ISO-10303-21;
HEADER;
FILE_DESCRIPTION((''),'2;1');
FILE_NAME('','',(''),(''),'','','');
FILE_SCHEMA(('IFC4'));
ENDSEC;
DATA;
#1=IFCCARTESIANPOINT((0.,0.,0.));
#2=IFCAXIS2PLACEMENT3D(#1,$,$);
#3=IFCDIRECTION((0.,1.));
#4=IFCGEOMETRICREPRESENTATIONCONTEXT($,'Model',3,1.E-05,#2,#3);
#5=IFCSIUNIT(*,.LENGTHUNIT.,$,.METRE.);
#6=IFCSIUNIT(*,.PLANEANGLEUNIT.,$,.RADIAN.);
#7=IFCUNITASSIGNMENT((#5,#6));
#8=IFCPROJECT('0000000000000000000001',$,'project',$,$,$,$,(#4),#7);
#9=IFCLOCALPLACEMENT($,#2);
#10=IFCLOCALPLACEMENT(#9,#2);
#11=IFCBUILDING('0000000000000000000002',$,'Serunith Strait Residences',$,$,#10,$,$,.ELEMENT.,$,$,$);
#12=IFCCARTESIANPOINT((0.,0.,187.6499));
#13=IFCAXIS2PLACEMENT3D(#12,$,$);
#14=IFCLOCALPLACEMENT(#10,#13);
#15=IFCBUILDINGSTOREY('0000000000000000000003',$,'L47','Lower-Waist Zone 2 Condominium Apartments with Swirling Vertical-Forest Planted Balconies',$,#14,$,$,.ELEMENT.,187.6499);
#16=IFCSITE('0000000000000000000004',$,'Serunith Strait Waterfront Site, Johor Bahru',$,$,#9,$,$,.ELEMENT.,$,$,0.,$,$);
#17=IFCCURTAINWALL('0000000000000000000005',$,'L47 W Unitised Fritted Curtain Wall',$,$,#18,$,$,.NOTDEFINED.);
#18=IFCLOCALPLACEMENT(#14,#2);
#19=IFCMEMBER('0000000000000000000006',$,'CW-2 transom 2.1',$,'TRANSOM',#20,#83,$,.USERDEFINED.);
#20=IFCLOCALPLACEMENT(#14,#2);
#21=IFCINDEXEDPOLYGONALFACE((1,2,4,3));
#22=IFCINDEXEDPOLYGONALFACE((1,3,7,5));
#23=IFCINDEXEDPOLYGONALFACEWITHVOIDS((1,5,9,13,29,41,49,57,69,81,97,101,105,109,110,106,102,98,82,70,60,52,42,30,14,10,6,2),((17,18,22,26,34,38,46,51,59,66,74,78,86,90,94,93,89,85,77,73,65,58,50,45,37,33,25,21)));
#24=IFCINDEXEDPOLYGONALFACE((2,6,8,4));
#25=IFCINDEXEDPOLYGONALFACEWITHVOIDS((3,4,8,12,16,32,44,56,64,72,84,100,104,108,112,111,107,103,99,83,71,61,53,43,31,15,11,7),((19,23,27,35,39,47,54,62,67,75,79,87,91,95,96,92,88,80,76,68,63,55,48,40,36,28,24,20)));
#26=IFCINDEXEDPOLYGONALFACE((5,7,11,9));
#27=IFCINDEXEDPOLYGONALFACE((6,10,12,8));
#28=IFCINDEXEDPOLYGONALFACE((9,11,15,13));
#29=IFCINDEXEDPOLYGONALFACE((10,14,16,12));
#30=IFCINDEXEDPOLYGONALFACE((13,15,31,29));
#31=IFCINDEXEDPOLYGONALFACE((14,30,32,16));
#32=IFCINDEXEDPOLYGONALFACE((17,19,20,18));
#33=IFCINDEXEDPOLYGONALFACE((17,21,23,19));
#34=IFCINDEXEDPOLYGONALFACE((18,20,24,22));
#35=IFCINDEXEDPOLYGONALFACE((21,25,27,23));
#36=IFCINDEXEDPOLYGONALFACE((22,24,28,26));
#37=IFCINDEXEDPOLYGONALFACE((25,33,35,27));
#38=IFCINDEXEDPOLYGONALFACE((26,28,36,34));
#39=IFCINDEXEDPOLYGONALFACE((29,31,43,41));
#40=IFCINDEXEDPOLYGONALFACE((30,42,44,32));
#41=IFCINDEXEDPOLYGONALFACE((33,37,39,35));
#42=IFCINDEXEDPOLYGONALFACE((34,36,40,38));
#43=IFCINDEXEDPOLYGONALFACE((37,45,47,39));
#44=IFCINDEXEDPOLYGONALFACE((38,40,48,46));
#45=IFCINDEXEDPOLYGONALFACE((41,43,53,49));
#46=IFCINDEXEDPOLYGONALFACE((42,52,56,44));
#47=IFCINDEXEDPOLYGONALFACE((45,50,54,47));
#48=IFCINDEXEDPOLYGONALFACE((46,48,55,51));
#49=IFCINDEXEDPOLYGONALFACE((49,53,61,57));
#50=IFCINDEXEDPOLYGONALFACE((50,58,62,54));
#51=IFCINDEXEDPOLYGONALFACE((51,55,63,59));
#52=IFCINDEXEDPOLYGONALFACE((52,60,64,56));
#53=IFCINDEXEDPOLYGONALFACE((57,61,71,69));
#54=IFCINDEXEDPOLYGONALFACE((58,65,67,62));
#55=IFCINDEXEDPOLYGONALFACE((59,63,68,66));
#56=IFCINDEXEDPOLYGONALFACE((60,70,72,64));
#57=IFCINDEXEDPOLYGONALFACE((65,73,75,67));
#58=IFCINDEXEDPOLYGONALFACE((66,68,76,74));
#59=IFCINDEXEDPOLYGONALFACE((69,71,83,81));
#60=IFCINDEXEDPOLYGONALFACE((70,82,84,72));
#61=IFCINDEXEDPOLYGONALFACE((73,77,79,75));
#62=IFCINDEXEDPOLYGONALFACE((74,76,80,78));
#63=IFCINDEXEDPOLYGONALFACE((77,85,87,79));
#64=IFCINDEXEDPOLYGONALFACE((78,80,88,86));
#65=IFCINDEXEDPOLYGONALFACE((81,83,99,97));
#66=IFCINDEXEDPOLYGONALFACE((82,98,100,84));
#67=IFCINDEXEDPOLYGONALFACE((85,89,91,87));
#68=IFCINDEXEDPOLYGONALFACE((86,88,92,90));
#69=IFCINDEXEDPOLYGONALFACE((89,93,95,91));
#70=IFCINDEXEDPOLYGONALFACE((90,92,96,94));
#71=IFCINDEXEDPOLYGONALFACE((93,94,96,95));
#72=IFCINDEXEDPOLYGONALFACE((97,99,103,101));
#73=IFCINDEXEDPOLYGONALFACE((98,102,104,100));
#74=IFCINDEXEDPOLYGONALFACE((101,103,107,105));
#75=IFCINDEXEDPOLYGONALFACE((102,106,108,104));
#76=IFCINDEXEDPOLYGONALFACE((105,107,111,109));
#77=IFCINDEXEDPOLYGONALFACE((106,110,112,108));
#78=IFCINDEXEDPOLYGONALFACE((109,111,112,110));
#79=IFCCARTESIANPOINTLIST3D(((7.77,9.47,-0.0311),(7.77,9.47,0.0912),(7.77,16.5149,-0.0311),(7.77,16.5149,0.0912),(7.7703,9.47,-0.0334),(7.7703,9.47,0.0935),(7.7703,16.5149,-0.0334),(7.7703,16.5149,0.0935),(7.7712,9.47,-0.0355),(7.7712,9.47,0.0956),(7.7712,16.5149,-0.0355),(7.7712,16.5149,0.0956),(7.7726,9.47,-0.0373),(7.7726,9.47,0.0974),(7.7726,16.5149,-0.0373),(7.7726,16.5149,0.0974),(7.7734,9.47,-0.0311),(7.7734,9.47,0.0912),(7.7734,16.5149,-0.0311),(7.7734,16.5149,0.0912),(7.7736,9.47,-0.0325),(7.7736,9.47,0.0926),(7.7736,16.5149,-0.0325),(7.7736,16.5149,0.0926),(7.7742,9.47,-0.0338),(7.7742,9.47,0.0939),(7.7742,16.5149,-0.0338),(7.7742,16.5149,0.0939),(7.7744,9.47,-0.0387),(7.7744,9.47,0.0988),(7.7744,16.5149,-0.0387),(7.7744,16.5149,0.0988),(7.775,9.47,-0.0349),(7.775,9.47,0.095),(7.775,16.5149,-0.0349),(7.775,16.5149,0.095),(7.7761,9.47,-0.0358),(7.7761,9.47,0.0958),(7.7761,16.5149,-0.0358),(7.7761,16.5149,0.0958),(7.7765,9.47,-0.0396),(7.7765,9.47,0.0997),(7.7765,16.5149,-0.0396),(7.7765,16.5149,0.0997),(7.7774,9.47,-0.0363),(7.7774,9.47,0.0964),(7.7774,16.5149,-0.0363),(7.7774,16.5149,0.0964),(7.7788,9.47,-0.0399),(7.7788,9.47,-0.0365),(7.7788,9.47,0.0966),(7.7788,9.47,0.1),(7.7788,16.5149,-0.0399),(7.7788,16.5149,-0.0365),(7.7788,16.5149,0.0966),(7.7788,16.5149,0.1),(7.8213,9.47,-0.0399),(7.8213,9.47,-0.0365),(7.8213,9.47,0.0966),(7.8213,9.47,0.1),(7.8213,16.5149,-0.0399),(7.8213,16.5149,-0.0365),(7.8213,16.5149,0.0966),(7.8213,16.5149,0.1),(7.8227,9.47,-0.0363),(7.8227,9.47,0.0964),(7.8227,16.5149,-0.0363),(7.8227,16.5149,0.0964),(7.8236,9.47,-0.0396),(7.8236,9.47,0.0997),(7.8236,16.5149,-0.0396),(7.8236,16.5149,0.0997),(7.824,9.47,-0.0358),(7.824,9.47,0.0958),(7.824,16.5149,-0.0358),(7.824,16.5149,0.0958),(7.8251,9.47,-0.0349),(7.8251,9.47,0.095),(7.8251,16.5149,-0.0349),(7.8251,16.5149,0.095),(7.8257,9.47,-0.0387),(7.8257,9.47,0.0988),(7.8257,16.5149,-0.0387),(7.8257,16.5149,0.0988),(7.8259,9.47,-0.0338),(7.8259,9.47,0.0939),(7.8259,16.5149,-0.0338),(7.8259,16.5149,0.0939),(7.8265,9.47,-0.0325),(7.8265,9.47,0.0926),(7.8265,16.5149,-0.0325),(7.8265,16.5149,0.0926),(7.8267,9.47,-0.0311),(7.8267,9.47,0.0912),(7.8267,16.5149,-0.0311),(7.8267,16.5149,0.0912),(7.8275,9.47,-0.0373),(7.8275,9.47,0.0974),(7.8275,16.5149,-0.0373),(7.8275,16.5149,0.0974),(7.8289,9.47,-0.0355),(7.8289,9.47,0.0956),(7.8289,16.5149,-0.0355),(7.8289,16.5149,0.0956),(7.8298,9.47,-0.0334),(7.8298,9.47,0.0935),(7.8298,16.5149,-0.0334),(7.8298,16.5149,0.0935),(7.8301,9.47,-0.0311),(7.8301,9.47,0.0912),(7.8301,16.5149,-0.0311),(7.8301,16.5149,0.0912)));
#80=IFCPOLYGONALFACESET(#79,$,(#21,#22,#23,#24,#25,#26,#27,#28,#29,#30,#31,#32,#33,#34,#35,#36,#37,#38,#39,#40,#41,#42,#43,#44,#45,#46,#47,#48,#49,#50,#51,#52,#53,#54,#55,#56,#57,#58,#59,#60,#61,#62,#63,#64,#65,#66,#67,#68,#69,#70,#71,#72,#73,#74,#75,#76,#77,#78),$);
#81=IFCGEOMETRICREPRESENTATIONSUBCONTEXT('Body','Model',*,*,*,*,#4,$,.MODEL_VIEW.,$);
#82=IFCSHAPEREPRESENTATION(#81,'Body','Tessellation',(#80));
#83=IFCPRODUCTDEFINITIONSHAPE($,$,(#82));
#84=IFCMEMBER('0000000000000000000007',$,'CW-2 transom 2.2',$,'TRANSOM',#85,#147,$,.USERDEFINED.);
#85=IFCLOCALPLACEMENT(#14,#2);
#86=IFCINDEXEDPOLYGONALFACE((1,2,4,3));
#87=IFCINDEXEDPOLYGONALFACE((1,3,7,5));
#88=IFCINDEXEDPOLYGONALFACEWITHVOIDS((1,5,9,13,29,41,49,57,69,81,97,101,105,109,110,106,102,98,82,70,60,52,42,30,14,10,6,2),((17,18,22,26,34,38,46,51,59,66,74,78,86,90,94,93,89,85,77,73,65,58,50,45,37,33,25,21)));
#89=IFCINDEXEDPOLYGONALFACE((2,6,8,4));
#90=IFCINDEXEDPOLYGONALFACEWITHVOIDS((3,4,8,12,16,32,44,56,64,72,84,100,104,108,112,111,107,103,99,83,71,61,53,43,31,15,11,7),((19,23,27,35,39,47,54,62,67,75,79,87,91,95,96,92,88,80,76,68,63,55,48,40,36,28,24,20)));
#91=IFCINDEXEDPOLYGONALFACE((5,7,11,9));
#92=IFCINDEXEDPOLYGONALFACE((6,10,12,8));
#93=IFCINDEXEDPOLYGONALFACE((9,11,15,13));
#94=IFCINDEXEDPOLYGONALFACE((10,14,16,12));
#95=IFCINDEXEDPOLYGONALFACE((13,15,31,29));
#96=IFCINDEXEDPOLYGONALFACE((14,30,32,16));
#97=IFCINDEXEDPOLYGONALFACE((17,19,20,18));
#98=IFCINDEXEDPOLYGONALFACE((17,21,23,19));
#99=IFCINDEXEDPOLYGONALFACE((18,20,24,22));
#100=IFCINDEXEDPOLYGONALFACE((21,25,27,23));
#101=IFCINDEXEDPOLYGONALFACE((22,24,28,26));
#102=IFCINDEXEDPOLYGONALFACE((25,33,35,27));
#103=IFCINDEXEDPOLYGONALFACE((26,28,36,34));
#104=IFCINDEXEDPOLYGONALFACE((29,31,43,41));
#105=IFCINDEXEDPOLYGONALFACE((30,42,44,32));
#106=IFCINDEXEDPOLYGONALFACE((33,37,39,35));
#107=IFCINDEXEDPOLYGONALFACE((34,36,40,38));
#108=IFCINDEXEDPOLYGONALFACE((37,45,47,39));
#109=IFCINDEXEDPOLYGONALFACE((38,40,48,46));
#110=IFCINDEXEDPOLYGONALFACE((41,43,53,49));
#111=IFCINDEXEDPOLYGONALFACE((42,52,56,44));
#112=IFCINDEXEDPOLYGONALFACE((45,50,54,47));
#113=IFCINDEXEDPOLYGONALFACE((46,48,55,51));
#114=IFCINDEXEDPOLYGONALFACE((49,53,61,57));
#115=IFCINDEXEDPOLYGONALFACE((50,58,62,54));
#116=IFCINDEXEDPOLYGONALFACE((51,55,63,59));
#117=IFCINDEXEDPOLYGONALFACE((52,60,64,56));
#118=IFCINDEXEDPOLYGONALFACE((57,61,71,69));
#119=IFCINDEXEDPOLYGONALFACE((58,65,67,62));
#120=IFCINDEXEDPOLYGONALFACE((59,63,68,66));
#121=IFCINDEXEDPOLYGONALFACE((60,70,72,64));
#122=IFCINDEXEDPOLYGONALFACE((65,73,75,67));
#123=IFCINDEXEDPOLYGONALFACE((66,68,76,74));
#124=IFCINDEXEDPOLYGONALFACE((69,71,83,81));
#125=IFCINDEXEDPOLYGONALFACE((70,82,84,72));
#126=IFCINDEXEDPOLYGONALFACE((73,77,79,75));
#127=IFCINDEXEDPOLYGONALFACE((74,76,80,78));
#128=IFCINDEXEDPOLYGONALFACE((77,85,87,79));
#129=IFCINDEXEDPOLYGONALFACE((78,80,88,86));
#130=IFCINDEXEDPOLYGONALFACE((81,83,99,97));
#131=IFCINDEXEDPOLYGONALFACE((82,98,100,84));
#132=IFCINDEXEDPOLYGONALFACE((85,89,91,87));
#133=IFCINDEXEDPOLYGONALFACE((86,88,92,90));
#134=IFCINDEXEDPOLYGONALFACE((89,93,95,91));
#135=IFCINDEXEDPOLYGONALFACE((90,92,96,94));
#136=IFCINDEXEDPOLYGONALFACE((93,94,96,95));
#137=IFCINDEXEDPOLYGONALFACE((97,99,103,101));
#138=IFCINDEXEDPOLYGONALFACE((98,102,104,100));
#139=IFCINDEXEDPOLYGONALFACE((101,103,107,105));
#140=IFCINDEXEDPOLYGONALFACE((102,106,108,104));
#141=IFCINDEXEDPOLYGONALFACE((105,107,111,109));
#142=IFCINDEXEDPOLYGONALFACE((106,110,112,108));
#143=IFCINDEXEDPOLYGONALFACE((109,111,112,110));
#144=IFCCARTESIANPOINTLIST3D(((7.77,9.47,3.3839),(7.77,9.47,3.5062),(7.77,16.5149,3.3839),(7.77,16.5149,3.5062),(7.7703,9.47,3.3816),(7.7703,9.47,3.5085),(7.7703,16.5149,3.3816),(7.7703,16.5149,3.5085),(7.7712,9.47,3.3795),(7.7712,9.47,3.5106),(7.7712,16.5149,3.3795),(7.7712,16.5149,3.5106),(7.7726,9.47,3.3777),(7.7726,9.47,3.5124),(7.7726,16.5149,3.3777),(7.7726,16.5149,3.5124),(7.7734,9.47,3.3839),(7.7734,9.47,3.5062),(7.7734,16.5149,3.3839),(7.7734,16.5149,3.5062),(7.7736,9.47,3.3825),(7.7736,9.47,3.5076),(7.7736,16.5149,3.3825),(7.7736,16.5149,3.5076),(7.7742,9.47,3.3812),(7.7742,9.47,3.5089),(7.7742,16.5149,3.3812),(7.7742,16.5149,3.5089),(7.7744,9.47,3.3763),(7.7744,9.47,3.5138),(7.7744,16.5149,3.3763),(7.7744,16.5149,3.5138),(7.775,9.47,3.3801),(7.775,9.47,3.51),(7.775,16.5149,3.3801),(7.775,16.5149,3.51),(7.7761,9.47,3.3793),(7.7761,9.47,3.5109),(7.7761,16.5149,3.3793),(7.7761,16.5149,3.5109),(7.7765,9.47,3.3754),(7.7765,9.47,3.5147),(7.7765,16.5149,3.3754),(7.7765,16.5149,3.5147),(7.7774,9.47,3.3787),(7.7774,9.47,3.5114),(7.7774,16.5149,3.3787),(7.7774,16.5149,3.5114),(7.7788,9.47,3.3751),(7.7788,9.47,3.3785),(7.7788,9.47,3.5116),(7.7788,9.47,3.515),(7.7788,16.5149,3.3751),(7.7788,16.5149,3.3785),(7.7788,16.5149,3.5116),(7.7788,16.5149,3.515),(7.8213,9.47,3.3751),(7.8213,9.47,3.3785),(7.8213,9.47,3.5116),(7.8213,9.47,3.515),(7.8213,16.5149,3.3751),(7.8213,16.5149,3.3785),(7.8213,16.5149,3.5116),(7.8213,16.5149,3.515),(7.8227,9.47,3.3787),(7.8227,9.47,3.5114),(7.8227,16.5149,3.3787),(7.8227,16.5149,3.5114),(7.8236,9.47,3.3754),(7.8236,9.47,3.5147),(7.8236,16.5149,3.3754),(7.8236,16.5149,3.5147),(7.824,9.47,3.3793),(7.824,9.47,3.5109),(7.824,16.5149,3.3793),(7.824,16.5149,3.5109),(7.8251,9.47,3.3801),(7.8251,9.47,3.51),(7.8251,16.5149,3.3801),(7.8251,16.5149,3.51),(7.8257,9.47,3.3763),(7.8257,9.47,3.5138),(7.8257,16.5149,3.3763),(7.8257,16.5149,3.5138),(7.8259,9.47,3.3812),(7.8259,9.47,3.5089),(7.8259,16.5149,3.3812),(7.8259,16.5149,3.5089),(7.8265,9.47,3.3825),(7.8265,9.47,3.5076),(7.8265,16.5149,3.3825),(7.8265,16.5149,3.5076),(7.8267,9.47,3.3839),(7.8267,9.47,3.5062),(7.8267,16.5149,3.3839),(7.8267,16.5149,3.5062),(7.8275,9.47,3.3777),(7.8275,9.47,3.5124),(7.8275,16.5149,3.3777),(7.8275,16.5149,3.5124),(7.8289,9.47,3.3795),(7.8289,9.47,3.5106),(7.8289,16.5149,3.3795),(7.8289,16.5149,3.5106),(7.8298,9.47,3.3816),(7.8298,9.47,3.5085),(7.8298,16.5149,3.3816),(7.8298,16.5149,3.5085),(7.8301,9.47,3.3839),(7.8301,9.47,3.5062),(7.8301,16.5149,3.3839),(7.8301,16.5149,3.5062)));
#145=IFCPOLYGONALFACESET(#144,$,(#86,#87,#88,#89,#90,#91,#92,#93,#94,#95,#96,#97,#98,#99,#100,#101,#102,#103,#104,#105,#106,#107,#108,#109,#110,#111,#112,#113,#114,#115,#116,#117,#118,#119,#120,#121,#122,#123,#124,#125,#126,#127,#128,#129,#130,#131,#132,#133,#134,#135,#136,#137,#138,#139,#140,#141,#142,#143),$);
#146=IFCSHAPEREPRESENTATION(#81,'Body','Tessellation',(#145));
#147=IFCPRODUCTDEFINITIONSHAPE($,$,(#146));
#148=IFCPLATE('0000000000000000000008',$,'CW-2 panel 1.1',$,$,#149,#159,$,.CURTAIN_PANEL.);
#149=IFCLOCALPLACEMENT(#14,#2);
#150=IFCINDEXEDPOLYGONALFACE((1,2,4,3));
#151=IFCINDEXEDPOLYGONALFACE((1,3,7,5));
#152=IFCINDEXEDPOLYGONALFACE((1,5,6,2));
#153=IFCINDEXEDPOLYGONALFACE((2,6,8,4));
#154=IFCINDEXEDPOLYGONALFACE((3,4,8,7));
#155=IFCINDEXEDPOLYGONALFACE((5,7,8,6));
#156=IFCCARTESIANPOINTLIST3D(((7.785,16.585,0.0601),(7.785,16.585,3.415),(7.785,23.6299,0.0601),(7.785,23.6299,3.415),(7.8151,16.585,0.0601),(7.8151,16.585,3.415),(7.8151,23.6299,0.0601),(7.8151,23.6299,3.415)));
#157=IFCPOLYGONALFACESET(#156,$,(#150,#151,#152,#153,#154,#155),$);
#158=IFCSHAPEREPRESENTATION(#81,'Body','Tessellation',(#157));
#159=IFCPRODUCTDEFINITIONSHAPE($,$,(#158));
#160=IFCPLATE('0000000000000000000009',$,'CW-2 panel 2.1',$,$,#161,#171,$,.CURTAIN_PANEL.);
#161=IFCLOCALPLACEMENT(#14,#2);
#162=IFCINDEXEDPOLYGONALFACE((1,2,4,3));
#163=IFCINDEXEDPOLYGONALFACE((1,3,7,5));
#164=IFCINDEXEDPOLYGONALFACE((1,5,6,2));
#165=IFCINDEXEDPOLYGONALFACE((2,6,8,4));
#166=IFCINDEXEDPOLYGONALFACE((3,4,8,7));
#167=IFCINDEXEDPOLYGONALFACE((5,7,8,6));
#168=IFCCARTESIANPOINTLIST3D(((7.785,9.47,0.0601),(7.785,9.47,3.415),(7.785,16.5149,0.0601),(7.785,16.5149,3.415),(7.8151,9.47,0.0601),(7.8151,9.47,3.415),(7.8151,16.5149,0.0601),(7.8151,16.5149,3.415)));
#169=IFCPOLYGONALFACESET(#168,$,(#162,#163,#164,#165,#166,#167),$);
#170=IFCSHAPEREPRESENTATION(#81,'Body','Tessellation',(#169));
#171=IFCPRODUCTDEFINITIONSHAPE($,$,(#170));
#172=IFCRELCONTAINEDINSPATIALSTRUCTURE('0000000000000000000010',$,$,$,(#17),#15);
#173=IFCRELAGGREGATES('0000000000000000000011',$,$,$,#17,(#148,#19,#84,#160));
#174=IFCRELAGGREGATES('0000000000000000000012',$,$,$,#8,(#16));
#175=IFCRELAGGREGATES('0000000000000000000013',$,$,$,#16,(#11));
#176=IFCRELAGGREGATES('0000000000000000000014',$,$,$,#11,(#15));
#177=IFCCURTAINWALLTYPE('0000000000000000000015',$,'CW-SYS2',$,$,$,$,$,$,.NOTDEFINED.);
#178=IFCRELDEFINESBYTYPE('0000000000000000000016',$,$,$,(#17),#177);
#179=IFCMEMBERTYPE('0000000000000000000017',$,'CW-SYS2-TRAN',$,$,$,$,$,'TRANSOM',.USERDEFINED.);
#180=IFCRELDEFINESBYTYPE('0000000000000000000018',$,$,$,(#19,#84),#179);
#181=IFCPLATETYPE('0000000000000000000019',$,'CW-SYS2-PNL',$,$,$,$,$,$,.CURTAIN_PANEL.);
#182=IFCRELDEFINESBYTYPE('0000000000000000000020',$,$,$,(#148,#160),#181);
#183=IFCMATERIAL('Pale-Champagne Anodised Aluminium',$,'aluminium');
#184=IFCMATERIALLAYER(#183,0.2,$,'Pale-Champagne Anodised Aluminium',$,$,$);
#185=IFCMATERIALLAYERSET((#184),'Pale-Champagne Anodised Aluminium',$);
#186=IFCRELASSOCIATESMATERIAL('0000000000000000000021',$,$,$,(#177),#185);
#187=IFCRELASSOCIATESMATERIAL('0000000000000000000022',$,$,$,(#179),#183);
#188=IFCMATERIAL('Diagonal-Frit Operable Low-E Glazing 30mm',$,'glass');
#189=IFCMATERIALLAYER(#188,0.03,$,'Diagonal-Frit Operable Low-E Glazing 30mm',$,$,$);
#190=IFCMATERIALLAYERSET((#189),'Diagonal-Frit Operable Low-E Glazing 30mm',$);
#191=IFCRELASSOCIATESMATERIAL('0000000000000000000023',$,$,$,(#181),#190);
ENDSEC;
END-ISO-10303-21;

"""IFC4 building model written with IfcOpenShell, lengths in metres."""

from ifc_helpers import new_model, si_unit, direction, frame, origin, origin_2d, place, context, subcontext, project, spatial, rectangle, hollow_rectangle, extrude, source, transform, mapped, material, layer, layer_set, material_profile, profile_set, type_object, element, aggregate, save


model = new_model("IFC4")

# Units and contexts
model_context = context("Model", 3, precision=1e-05, world=origin(), true_north=direction((0.0, 1.0)))
body_context = subcontext(model_context, "Body", "Model", "MODEL_VIEW")
ifc_project = project(units=[si_unit("LENGTHUNIT", "METRE"), si_unit("PLANEANGLEUNIT", "RADIAN")], contexts=[model_context])

# Site, building, storey
site_placement = place(None, origin())
site = spatial("IfcSite", under=ifc_project, at=site_placement, Name="Serunith Strait Waterfront Site, Johor Bahru", CompositionType="ELEMENT", RefElevation=0.0)
building_placement = place(site_placement, origin())
building = spatial("IfcBuilding", under=site, at=building_placement, Name="Serunith Strait Residences", CompositionType="ELEMENT")
storey_placement = place(building_placement, frame((0.0, 0.0, 187.6499)))
storey = spatial("IfcBuildingStorey", under=building, at=storey_placement, Name="L47", Description="Lower-Waist Zone 2 Condominium Apartments with Swirling Vertical-Forest Planted Balconies", CompositionType="ELEMENT", Elevation=187.6499)

# Curtain wall, members, plates
ifc_material_1 = material(Name="Pale-Champagne Anodised Aluminium", Category="aluminium")
ifc_layer_1 = layer(ifc_material_1, 0.2, Name="Pale-Champagne Anodised Aluminium")
ifc_layer_set_1 = layer_set([ifc_layer_1], Name="Pale-Champagne Anodised Aluminium")
curtain_wall_type = type_object("IfcCurtainWallType", Name="CW-SYS2", PredefinedType="NOTDEFINED", material=ifc_layer_set_1)
curtain_wall_placement = place(storey_placement, origin())
curtain_wall = element("IfcCurtainWall", 1, at=curtain_wall_placement, inside=storey, type_object=curtain_wall_type, Name="L47 W Unitised Fritted Curtain Wall", PredefinedType="NOTDEFINED")
ifc_material_profile_1 = material_profile(ifc_material_1, hollow_rectangle(XDim=0.0601, YDim=0.1399, WallThickness=0.0034, InnerFilletRadius=0.0054, OuterFilletRadius=0.0088, at=origin_2d()), Name="ALU 140x60x3.5")
ifc_profile_set_1 = profile_set([ifc_material_profile_1], Name="Pale-Champagne Anodised Aluminium")
member_type_1 = type_object("IfcMemberType", Name="CW-SYS2-TRAN", ElementType="TRANSOM", PredefinedType="USERDEFINED", material=ifc_profile_set_1)
shared_shape_1 = source(origin(), body_context, "Body", "SweptSolid", [
    extrude(hollow_rectangle(XDim=0.0601, YDim=0.1399, WallThickness=0.0034, InnerFilletRadius=0.0054, OuterFilletRadius=0.0088, at=origin_2d()), origin(), (0.0, 0.0, 1.0), 7.0449),
])
member_1_placement = place(storey_placement, frame((7.8, 16.5149, 0.03), z_axis=(0.0, -1.0, 0.0), x_axis=(1.0, 0.0, 0.0)))
member_1 = element("IfcMember", 2, at=member_1_placement, type_object=member_type_1, Name="CW-2 transom 2.1", ObjectType="TRANSOM", PredefinedType="USERDEFINED", context=body_context, shape_type="MappedRepresentation", body=[
    mapped(shared_shape_1, transform((0.0, 0.0, 0.0), scale=1.0)),
])
member_2_placement = place(storey_placement, frame((7.8, 16.5149, 3.4451), z_axis=(0.0, -1.0, 0.0), x_axis=(1.0, 0.0, 0.0)))
member_2 = element("IfcMember", 3, at=member_2_placement, type_object=member_type_1, Name="CW-2 transom 2.2", ObjectType="TRANSOM", PredefinedType="USERDEFINED", context=body_context, shape_type="MappedRepresentation", body=[
    mapped(shared_shape_1, transform((0.0, 0.0, 0.0), scale=1.0)),
])
ifc_material_2 = material(Name="Diagonal-Frit Operable Low-E Glazing 30mm", Category="glass")
ifc_layer_2 = layer(ifc_material_2, 0.03, Name="Diagonal-Frit Operable Low-E Glazing 30mm")
ifc_layer_set_2 = layer_set([ifc_layer_2], Name="Diagonal-Frit Operable Low-E Glazing 30mm")
plate_type = type_object("IfcPlateType", Name="CW-SYS2-PNL", PredefinedType="CURTAIN_PANEL", material=ifc_layer_set_2)
shared_shape_2 = source(origin(), body_context, "Body", "SweptSolid", [
    extrude(rectangle(XDim=7.0449, YDim=0.03, at=origin_2d()), origin(), (0.0, 0.0, 1.0), 3.355),
])
plate_1_placement = place(storey_placement, frame((7.8, 20.1074, 0.0601), z_axis=(0.0, 0.0, 1.0), x_axis=(0.0, -1.0, 0.0)))
plate_1 = element("IfcPlate", 4, at=plate_1_placement, type_object=plate_type, Name="CW-2 panel 1.1", PredefinedType="CURTAIN_PANEL", context=body_context, shape_type="MappedRepresentation", body=[
    mapped(shared_shape_2, transform((0.0, 0.0, 0.0), scale=1.0)),
])
plate_2_placement = place(storey_placement, frame((7.8, 12.9924, 0.0601), z_axis=(0.0, 0.0, 1.0), x_axis=(0.0, -1.0, 0.0)))
plate_2 = element("IfcPlate", 5, at=plate_2_placement, type_object=plate_type, Name="CW-2 panel 2.1", PredefinedType="CURTAIN_PANEL", context=body_context, shape_type="MappedRepresentation", body=[
    mapped(shared_shape_2, transform((0.0, 0.0, 0.0), scale=1.0)),
])
aggregate(curtain_wall, [plate_1, member_1, member_2, plate_2])

save(model, "model.ifc")
